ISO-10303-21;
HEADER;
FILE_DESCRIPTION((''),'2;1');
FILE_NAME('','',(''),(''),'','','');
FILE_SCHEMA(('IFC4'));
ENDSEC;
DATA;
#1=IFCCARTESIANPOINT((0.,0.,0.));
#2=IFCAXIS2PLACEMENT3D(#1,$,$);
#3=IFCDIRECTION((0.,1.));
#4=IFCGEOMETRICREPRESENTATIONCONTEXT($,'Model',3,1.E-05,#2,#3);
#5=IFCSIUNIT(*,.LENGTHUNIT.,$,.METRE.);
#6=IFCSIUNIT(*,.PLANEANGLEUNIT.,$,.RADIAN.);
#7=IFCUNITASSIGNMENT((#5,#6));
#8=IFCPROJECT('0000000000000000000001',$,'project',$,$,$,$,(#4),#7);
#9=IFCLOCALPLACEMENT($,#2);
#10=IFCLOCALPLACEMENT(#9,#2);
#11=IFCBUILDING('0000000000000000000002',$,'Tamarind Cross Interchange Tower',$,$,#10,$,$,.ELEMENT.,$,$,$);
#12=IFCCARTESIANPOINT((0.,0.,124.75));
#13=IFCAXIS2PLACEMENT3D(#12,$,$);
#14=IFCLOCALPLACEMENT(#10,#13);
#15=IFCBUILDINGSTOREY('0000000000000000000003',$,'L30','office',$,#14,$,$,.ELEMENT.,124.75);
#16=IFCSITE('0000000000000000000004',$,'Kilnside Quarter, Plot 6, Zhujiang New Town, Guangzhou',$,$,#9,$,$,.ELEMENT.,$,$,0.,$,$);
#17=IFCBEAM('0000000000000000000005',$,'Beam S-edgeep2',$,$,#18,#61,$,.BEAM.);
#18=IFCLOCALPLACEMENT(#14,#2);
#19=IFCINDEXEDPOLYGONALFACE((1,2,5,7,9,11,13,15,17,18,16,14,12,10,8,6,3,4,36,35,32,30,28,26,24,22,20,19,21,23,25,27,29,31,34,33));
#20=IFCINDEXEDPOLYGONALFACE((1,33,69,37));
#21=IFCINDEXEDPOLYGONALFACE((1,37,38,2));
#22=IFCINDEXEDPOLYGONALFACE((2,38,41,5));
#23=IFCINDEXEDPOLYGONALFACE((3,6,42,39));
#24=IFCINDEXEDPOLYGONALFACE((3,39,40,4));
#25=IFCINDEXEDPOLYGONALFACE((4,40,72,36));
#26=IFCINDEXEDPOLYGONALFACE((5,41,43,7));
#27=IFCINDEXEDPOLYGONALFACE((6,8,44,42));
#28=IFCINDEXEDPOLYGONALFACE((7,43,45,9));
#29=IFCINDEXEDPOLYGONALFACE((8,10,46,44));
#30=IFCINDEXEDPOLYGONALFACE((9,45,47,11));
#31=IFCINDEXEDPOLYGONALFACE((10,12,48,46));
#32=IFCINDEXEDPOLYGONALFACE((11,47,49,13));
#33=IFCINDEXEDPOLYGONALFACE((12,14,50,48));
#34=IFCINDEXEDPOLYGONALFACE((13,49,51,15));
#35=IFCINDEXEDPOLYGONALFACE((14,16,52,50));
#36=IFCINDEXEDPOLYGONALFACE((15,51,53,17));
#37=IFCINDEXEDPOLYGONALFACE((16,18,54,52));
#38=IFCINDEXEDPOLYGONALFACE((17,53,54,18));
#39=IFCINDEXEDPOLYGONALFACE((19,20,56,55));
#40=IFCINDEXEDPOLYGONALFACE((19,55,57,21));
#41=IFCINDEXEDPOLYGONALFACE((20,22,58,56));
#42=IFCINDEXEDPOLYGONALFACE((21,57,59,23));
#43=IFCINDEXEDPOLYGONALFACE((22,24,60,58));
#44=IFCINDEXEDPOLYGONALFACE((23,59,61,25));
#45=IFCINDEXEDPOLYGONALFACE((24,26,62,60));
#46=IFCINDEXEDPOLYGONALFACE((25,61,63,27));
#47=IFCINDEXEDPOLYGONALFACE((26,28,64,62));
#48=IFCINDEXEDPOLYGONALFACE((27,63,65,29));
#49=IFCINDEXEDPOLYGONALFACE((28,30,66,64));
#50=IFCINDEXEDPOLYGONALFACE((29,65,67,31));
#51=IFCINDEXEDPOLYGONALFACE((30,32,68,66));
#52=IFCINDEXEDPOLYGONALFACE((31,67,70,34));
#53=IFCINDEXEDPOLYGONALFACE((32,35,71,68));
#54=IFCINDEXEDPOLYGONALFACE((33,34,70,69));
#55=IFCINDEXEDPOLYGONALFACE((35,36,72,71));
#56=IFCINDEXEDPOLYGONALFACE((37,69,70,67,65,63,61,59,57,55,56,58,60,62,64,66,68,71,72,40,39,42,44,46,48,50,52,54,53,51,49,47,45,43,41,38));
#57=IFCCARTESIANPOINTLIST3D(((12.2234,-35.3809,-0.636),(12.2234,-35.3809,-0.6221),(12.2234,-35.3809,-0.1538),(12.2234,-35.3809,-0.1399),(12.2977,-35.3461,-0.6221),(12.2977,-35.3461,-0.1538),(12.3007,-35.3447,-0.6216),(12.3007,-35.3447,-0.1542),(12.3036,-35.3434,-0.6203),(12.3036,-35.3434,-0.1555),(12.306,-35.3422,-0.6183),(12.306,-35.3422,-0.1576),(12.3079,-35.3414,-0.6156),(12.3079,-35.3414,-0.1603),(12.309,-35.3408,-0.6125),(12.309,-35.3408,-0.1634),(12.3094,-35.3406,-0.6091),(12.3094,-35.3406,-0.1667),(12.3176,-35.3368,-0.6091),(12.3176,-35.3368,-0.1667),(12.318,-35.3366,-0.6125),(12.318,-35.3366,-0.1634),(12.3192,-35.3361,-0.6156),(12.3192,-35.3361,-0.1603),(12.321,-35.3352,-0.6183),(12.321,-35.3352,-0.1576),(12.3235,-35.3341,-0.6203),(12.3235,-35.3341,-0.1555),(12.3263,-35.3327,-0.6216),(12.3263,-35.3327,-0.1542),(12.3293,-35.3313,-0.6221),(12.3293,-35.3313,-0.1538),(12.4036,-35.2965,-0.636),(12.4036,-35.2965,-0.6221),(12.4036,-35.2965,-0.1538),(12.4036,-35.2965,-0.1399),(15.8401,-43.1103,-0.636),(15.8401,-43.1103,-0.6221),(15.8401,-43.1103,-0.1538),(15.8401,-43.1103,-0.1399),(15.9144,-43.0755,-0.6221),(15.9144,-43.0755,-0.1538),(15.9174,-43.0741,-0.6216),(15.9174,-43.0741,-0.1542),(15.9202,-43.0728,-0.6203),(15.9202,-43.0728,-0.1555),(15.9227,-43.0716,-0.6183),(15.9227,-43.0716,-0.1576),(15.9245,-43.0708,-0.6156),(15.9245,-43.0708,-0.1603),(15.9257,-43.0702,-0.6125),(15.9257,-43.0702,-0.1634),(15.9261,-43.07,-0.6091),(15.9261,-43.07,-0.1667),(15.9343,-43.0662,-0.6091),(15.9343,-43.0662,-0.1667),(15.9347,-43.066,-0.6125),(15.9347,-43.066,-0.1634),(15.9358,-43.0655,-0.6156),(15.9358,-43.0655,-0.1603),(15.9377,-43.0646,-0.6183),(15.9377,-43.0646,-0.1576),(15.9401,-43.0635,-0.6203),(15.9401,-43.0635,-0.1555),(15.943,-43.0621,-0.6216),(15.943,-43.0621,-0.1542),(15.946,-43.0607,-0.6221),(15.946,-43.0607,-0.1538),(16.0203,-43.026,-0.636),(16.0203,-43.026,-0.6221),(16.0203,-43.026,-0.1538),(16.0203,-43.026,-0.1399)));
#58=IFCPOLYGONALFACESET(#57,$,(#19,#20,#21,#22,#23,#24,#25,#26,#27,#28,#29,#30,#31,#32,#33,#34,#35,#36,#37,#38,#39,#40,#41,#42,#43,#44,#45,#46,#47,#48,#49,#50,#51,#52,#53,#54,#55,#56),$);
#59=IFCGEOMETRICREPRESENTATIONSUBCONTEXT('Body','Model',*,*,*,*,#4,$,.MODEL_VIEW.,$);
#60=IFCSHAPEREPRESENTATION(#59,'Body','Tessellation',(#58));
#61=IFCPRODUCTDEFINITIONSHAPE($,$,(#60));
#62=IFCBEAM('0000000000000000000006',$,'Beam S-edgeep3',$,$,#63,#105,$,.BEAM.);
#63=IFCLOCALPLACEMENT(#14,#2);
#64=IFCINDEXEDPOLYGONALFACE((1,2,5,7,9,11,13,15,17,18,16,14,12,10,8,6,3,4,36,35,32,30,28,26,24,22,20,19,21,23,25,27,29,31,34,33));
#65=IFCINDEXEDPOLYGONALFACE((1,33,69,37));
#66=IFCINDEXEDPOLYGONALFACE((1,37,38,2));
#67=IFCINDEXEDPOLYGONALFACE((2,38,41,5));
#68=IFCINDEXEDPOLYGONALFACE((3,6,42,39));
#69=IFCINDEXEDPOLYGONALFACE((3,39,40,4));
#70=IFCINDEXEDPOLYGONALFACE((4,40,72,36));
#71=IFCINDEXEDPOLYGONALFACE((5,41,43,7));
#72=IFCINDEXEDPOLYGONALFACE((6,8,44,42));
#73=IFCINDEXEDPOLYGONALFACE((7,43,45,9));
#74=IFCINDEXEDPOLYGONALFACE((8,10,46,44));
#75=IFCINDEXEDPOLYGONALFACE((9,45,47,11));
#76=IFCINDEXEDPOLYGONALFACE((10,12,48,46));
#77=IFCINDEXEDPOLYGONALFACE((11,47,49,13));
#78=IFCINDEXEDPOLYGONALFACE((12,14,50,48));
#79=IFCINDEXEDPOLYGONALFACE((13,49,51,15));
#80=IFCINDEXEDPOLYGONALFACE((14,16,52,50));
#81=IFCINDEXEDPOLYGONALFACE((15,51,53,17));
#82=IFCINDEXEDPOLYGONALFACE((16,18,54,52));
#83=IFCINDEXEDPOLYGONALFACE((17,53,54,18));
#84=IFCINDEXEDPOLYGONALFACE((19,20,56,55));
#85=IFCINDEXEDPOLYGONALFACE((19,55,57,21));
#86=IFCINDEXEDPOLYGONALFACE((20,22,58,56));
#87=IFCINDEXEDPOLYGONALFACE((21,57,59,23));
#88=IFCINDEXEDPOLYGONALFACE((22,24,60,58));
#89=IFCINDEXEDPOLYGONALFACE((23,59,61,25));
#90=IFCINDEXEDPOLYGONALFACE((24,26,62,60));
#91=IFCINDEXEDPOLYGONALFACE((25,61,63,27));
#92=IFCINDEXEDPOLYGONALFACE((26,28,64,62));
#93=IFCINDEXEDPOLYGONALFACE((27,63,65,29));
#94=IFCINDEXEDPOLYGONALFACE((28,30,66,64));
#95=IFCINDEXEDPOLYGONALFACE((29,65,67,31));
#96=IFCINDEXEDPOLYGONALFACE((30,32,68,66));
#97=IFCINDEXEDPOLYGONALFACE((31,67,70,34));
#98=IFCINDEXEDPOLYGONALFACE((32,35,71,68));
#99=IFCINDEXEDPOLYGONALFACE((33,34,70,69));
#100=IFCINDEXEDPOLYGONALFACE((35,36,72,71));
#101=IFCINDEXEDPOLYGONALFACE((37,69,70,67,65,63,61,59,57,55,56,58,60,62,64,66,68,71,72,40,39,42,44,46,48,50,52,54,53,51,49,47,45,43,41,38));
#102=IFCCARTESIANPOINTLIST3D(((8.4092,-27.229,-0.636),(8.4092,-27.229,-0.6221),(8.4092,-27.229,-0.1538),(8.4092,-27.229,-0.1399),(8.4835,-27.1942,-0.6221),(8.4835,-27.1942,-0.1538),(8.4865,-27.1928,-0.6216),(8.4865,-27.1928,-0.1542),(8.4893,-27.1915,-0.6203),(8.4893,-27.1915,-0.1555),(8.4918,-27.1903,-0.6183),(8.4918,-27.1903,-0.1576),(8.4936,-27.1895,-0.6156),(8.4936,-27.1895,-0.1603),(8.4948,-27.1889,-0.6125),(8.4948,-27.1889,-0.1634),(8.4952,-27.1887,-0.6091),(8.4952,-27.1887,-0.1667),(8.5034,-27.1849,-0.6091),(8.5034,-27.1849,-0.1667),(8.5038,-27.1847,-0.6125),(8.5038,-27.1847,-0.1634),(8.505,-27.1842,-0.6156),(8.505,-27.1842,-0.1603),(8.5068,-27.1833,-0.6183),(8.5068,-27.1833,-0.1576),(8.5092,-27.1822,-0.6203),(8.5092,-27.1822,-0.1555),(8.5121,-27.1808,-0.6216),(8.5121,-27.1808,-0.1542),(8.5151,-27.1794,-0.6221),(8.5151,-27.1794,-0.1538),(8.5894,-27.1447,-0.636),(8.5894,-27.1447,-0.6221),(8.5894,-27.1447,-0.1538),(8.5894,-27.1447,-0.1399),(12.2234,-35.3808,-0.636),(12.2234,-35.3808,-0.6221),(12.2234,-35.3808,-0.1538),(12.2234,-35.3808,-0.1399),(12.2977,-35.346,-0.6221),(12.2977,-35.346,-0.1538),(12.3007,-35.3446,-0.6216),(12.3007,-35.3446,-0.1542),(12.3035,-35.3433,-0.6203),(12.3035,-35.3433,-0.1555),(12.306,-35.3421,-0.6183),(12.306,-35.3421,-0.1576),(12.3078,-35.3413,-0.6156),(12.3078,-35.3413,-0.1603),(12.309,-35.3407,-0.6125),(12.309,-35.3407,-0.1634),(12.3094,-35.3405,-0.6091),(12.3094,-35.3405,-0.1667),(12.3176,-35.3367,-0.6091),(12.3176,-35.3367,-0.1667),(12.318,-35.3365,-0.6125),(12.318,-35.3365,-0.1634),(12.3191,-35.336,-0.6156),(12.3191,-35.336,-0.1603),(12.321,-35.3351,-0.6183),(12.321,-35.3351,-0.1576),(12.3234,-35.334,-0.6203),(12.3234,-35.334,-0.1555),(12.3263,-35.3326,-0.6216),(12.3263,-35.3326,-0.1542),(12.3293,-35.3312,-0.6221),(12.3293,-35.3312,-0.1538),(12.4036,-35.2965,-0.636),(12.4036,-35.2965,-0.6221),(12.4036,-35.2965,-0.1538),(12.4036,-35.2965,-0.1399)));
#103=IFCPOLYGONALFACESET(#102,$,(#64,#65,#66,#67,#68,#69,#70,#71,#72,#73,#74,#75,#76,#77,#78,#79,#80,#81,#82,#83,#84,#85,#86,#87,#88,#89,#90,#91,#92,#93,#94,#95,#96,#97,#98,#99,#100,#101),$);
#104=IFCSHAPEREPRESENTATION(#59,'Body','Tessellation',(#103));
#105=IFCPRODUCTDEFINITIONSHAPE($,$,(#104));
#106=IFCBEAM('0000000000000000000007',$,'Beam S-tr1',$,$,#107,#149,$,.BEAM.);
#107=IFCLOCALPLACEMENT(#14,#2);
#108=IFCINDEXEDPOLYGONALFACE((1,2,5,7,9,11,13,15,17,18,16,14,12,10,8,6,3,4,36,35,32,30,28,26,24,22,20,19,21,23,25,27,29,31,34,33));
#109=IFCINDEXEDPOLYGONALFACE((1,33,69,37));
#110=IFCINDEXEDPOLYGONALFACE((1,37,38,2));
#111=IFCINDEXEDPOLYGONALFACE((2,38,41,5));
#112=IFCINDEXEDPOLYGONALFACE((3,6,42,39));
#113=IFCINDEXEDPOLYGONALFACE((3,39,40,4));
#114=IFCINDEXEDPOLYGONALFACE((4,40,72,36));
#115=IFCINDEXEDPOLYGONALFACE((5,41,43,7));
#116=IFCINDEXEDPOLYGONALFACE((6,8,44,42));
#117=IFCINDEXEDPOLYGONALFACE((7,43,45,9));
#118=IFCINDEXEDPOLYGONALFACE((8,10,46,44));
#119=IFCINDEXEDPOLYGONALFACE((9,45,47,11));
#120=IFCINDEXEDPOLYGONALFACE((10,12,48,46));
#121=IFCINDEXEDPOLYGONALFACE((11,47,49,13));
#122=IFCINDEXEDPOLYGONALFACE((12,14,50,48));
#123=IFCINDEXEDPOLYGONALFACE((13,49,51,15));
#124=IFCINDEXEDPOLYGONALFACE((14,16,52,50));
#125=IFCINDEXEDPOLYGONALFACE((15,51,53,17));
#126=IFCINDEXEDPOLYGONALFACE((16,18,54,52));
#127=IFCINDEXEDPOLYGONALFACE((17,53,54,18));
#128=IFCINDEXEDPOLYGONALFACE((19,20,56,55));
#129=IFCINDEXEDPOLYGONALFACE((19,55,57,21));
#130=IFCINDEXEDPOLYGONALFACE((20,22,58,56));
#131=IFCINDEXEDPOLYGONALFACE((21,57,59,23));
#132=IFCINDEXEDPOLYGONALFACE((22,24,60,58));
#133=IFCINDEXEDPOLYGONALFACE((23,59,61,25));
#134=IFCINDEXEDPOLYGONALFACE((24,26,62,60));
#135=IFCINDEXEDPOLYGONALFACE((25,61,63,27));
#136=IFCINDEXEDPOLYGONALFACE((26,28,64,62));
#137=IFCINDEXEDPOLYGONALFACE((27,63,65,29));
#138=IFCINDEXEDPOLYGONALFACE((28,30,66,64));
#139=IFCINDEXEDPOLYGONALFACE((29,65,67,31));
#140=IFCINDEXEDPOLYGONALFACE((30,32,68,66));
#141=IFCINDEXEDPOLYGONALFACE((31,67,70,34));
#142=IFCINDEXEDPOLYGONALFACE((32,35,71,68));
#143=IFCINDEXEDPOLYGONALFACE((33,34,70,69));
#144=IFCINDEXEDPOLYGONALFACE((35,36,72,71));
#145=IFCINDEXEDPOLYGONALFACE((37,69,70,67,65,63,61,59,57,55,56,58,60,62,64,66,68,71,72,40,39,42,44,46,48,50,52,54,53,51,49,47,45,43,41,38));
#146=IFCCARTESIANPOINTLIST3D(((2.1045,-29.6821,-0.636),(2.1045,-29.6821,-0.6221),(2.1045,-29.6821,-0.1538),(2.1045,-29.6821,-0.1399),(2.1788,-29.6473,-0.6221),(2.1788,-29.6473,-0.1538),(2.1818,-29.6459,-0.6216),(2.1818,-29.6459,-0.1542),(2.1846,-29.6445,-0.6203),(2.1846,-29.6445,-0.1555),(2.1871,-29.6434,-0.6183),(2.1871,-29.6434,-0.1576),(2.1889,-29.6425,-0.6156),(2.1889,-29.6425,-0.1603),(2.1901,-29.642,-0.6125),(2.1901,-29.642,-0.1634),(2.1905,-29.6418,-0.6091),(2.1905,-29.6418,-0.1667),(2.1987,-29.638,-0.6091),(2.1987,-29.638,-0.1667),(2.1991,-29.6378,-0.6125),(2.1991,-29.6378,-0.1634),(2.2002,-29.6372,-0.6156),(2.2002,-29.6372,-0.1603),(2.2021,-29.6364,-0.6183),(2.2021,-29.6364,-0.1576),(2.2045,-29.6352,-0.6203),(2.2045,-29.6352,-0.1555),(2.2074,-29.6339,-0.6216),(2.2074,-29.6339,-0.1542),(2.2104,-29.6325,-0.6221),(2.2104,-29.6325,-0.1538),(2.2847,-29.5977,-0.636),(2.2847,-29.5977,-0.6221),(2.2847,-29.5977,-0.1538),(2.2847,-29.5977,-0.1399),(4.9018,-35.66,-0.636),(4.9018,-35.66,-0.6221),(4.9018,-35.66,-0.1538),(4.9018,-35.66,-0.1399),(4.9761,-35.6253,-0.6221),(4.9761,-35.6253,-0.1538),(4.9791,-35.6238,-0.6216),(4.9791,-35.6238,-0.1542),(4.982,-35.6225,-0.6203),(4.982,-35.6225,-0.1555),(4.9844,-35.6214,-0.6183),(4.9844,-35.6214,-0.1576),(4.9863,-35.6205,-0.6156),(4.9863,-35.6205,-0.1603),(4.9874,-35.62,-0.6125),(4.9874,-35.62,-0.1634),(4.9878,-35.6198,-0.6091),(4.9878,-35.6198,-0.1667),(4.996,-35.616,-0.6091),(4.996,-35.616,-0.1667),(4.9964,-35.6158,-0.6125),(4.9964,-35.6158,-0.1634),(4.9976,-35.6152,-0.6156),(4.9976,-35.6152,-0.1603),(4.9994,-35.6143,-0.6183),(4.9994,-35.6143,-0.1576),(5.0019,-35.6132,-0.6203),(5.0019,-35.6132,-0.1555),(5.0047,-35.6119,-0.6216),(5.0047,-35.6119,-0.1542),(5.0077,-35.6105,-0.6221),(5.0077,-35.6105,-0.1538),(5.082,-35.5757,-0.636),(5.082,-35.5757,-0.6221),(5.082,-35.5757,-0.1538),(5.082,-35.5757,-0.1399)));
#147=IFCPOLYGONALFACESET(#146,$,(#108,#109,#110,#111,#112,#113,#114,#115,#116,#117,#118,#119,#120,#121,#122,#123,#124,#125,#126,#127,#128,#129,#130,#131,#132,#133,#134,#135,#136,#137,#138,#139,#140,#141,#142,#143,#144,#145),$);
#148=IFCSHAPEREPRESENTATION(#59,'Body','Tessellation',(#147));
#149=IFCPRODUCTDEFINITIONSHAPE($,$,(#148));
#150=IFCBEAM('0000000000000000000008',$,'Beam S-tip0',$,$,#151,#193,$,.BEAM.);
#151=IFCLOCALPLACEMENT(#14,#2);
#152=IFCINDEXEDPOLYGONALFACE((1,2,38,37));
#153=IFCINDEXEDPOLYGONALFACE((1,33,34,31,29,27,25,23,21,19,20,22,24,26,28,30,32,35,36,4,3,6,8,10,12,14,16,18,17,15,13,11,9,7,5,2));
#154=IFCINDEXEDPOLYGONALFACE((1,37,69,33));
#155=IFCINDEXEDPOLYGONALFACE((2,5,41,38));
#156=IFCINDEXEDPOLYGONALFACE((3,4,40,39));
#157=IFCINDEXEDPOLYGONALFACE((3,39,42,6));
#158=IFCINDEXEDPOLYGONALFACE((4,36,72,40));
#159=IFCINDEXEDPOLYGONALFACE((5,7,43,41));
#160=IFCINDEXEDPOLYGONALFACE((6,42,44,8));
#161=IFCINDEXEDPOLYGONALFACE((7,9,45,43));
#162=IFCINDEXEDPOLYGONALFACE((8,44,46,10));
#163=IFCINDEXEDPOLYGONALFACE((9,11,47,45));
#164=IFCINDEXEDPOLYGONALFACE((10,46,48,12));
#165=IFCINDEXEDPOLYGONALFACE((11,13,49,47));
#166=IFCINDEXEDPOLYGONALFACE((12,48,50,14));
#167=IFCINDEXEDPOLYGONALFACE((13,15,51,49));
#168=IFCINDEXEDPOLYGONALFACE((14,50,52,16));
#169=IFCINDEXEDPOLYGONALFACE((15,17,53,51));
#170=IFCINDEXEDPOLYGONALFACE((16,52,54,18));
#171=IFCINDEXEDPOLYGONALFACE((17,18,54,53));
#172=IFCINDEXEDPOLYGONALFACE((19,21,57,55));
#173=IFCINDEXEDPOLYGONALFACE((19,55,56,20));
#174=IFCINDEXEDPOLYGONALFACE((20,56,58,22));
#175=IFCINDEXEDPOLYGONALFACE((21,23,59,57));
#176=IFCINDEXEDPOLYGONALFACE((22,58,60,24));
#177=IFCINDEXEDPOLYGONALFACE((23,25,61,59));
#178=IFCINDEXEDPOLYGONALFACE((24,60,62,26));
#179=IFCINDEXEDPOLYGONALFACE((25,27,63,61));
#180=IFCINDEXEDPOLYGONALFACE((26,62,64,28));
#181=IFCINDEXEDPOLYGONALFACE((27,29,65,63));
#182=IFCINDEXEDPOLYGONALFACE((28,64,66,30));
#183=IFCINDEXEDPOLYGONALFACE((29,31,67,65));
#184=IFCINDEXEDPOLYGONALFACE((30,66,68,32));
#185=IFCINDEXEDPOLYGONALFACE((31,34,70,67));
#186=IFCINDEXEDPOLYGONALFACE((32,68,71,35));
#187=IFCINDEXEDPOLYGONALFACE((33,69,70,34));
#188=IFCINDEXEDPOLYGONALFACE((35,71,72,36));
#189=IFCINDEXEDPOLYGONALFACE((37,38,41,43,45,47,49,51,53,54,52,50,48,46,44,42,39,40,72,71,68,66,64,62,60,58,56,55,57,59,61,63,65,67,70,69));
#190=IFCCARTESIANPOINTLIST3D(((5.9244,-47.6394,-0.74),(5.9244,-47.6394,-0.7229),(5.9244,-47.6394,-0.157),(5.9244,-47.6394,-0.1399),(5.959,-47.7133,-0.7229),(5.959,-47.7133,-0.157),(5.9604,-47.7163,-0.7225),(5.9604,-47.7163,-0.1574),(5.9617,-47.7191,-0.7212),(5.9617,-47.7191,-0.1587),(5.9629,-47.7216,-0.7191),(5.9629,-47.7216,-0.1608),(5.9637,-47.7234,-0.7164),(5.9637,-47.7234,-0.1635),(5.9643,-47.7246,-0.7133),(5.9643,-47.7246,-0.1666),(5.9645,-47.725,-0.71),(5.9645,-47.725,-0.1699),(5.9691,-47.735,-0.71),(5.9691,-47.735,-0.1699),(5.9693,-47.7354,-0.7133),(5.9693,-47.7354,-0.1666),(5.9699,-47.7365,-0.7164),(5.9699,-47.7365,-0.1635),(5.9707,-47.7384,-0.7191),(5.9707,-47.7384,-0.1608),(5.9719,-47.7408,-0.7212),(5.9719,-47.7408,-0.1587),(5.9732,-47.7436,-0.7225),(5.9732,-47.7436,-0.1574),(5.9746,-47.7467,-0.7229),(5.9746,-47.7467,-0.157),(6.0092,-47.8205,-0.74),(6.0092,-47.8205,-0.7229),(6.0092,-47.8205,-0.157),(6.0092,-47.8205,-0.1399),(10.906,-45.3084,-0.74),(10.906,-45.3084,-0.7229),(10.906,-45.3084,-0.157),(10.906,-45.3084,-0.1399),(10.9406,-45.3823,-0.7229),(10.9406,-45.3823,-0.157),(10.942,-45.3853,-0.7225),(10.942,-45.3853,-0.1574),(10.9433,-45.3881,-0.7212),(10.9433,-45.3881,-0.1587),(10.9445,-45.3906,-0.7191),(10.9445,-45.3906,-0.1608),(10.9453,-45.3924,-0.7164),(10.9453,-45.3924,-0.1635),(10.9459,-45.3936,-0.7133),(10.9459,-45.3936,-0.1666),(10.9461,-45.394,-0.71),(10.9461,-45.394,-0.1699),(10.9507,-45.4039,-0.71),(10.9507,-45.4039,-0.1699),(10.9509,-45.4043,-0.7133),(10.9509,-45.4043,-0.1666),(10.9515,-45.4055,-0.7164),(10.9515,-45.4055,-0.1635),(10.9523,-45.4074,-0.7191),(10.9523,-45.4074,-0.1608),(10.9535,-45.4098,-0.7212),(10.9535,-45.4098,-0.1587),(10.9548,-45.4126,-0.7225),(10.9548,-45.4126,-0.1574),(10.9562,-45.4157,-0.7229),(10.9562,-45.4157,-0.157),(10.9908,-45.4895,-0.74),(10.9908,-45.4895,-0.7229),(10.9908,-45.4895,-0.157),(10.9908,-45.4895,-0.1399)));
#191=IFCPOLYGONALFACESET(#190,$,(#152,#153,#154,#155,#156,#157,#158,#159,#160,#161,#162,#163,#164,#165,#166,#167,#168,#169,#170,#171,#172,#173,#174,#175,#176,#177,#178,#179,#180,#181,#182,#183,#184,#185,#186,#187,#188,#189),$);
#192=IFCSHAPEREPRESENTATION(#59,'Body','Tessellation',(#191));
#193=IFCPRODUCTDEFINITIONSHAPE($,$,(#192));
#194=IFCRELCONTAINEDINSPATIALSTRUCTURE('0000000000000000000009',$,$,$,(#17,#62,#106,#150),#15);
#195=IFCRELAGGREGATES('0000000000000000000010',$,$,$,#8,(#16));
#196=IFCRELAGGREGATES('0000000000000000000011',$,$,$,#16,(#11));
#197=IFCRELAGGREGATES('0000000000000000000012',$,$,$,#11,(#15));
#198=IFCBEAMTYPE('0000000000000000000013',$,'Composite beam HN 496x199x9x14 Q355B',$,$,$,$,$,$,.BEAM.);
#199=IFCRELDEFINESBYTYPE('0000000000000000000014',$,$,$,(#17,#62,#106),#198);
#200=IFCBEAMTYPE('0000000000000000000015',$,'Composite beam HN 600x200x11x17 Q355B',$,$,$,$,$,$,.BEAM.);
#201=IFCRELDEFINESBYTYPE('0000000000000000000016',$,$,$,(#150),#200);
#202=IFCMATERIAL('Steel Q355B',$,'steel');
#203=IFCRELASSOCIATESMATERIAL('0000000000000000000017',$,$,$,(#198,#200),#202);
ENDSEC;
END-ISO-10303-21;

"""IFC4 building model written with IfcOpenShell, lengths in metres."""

from ifc_helpers import new_model, si_unit, direction, frame, origin, origin_2d, place, context, subcontext, project, spatial, i_section, extrude, material, material_profile, profile_set, type_object, element, save


model = new_model("IFC4")

# Units and contexts
model_context = context("Model", 3, precision=1e-05, world=origin(), true_north=direction((0.0, 1.0)))
body_context = subcontext(model_context, "Body", "Model", "MODEL_VIEW")
ifc_project = project(units=[si_unit("LENGTHUNIT", "METRE"), si_unit("PLANEANGLEUNIT", "RADIAN")], contexts=[model_context])

# Site, building, storey
site_placement = place(None, origin())
site = spatial("IfcSite", under=ifc_project, at=site_placement, Name="Kilnside Quarter, Plot 6, Zhujiang New Town, Guangzhou", CompositionType="ELEMENT", RefElevation=0.0)
building_placement = place(site_placement, origin())
building = spatial("IfcBuilding", under=site, at=building_placement, Name="Tamarind Cross Interchange Tower", CompositionType="ELEMENT")
storey_placement = place(building_placement, frame((0.0, 0.0, 124.75)))
storey = spatial("IfcBuildingStorey", under=building, at=storey_placement, Name="L30", Description="office", CompositionType="ELEMENT", Elevation=124.75)

# Beams
ifc_material_1 = material(Name="Steel Q355B", Category="steel")
ifc_material_profile_1 = material_profile(ifc_material_1, i_section(OverallWidth=0.199, OverallDepth=0.4961, WebThickness=0.009, FlangeThickness=0.0139, FilletRadius=0.0129, at=origin_2d()), Name="HN 496x199x9x14")
ifc_profile_set_1 = profile_set([ifc_material_profile_1], Name="Steel Q355B")
beam_type_1 = type_object("IfcBeamType", Name="Composite beam HN 496x199x9x14 Q355B", PredefinedType="BEAM", material=ifc_profile_set_1)
beam_1_placement = place(storey_placement, frame((15.9302, -43.0681, -0.3879), z_axis=(-0.423809, 0.905751, 0.0), x_axis=(-0.905751, -0.423809, 0.0)))
element("IfcBeam", 1, at=beam_1_placement, inside=storey, type_object=beam_type_1, Name="Beam S-edgeep2", PredefinedType="BEAM", context=body_context, shape_type="SweptSolid", body=[
    extrude(i_section(OverallWidth=0.199, OverallDepth=0.4961, WebThickness=0.009, FlangeThickness=0.0139, FilletRadius=0.0129, at=origin_2d()), origin(), (0.0, 0.0, 1.0), 8.5337),
])
beam_2_placement = place(storey_placement, frame((12.3135, -35.3386, -0.3879), z_axis=(-0.423799, 0.905756, 0.0), x_axis=(-0.905756, -0.423799, 0.0)))
element("IfcBeam", 2, at=beam_2_placement, inside=storey, type_object=beam_type_1, Name="Beam S-edgeep3", PredefinedType="BEAM", context=body_context, shape_type="SweptSolid", body=[
    extrude(i_section(OverallWidth=0.199, OverallDepth=0.4961, WebThickness=0.009, FlangeThickness=0.0139, FilletRadius=0.0129, at=origin_2d()), origin(), (0.0, 0.0, 1.0), 9.0),
])
beam_3_placement = place(storey_placement, frame((2.1946, -29.6399, -0.3879), z_axis=(0.423833, -0.90574, 0.0), x_axis=(0.90574, 0.423833, 0.0)))
element("IfcBeam", 3, at=beam_3_placement, inside=storey, type_object=beam_type_1, Name="Beam S-tr1", PredefinedType="BEAM", context=body_context, shape_type="SweptSolid", body=[
    extrude(i_section(OverallWidth=0.199, OverallDepth=0.4961, WebThickness=0.009, FlangeThickness=0.0139, FilletRadius=0.0129, at=origin_2d()), origin(), (0.0, 0.0, 1.0), 6.6001),
])
ifc_material_profile_2 = material_profile(ifc_material_1, i_section(OverallWidth=0.2, OverallDepth=0.6001, WebThickness=0.011, FlangeThickness=0.0171, FilletRadius=0.0129, at=origin_2d()), Name="HN 600x200x11x17")
ifc_profile_set_2 = profile_set([ifc_material_profile_2], Name="Steel Q355B")
beam_type_2 = type_object("IfcBeamType", Name="Composite beam HN 600x200x11x17 Q355B", PredefinedType="BEAM", material=ifc_profile_set_2)
for number, where, z_axis, x_axis, name in (
    (4, (5.9668, -47.73, -0.4399), (0.905746, 0.423821, 0.0), (-0.423821, 0.905746, 0.0), "Beam S-tip0"),
):
    element("IfcBeam", number, at=place(storey_placement, frame(where, z_axis=z_axis, x_axis=x_axis)), inside=storey, type_object=beam_type_2, Name=name, PredefinedType="BEAM", context=body_context, shape_type="SweptSolid", body=[
        extrude(i_section(OverallWidth=0.2, OverallDepth=0.6001, WebThickness=0.011, FlangeThickness=0.0171, FilletRadius=0.0129, at=origin_2d()), origin(), (0.0, 0.0, 1.0), 5.5),
    ])

save(model, "model.ifc")
